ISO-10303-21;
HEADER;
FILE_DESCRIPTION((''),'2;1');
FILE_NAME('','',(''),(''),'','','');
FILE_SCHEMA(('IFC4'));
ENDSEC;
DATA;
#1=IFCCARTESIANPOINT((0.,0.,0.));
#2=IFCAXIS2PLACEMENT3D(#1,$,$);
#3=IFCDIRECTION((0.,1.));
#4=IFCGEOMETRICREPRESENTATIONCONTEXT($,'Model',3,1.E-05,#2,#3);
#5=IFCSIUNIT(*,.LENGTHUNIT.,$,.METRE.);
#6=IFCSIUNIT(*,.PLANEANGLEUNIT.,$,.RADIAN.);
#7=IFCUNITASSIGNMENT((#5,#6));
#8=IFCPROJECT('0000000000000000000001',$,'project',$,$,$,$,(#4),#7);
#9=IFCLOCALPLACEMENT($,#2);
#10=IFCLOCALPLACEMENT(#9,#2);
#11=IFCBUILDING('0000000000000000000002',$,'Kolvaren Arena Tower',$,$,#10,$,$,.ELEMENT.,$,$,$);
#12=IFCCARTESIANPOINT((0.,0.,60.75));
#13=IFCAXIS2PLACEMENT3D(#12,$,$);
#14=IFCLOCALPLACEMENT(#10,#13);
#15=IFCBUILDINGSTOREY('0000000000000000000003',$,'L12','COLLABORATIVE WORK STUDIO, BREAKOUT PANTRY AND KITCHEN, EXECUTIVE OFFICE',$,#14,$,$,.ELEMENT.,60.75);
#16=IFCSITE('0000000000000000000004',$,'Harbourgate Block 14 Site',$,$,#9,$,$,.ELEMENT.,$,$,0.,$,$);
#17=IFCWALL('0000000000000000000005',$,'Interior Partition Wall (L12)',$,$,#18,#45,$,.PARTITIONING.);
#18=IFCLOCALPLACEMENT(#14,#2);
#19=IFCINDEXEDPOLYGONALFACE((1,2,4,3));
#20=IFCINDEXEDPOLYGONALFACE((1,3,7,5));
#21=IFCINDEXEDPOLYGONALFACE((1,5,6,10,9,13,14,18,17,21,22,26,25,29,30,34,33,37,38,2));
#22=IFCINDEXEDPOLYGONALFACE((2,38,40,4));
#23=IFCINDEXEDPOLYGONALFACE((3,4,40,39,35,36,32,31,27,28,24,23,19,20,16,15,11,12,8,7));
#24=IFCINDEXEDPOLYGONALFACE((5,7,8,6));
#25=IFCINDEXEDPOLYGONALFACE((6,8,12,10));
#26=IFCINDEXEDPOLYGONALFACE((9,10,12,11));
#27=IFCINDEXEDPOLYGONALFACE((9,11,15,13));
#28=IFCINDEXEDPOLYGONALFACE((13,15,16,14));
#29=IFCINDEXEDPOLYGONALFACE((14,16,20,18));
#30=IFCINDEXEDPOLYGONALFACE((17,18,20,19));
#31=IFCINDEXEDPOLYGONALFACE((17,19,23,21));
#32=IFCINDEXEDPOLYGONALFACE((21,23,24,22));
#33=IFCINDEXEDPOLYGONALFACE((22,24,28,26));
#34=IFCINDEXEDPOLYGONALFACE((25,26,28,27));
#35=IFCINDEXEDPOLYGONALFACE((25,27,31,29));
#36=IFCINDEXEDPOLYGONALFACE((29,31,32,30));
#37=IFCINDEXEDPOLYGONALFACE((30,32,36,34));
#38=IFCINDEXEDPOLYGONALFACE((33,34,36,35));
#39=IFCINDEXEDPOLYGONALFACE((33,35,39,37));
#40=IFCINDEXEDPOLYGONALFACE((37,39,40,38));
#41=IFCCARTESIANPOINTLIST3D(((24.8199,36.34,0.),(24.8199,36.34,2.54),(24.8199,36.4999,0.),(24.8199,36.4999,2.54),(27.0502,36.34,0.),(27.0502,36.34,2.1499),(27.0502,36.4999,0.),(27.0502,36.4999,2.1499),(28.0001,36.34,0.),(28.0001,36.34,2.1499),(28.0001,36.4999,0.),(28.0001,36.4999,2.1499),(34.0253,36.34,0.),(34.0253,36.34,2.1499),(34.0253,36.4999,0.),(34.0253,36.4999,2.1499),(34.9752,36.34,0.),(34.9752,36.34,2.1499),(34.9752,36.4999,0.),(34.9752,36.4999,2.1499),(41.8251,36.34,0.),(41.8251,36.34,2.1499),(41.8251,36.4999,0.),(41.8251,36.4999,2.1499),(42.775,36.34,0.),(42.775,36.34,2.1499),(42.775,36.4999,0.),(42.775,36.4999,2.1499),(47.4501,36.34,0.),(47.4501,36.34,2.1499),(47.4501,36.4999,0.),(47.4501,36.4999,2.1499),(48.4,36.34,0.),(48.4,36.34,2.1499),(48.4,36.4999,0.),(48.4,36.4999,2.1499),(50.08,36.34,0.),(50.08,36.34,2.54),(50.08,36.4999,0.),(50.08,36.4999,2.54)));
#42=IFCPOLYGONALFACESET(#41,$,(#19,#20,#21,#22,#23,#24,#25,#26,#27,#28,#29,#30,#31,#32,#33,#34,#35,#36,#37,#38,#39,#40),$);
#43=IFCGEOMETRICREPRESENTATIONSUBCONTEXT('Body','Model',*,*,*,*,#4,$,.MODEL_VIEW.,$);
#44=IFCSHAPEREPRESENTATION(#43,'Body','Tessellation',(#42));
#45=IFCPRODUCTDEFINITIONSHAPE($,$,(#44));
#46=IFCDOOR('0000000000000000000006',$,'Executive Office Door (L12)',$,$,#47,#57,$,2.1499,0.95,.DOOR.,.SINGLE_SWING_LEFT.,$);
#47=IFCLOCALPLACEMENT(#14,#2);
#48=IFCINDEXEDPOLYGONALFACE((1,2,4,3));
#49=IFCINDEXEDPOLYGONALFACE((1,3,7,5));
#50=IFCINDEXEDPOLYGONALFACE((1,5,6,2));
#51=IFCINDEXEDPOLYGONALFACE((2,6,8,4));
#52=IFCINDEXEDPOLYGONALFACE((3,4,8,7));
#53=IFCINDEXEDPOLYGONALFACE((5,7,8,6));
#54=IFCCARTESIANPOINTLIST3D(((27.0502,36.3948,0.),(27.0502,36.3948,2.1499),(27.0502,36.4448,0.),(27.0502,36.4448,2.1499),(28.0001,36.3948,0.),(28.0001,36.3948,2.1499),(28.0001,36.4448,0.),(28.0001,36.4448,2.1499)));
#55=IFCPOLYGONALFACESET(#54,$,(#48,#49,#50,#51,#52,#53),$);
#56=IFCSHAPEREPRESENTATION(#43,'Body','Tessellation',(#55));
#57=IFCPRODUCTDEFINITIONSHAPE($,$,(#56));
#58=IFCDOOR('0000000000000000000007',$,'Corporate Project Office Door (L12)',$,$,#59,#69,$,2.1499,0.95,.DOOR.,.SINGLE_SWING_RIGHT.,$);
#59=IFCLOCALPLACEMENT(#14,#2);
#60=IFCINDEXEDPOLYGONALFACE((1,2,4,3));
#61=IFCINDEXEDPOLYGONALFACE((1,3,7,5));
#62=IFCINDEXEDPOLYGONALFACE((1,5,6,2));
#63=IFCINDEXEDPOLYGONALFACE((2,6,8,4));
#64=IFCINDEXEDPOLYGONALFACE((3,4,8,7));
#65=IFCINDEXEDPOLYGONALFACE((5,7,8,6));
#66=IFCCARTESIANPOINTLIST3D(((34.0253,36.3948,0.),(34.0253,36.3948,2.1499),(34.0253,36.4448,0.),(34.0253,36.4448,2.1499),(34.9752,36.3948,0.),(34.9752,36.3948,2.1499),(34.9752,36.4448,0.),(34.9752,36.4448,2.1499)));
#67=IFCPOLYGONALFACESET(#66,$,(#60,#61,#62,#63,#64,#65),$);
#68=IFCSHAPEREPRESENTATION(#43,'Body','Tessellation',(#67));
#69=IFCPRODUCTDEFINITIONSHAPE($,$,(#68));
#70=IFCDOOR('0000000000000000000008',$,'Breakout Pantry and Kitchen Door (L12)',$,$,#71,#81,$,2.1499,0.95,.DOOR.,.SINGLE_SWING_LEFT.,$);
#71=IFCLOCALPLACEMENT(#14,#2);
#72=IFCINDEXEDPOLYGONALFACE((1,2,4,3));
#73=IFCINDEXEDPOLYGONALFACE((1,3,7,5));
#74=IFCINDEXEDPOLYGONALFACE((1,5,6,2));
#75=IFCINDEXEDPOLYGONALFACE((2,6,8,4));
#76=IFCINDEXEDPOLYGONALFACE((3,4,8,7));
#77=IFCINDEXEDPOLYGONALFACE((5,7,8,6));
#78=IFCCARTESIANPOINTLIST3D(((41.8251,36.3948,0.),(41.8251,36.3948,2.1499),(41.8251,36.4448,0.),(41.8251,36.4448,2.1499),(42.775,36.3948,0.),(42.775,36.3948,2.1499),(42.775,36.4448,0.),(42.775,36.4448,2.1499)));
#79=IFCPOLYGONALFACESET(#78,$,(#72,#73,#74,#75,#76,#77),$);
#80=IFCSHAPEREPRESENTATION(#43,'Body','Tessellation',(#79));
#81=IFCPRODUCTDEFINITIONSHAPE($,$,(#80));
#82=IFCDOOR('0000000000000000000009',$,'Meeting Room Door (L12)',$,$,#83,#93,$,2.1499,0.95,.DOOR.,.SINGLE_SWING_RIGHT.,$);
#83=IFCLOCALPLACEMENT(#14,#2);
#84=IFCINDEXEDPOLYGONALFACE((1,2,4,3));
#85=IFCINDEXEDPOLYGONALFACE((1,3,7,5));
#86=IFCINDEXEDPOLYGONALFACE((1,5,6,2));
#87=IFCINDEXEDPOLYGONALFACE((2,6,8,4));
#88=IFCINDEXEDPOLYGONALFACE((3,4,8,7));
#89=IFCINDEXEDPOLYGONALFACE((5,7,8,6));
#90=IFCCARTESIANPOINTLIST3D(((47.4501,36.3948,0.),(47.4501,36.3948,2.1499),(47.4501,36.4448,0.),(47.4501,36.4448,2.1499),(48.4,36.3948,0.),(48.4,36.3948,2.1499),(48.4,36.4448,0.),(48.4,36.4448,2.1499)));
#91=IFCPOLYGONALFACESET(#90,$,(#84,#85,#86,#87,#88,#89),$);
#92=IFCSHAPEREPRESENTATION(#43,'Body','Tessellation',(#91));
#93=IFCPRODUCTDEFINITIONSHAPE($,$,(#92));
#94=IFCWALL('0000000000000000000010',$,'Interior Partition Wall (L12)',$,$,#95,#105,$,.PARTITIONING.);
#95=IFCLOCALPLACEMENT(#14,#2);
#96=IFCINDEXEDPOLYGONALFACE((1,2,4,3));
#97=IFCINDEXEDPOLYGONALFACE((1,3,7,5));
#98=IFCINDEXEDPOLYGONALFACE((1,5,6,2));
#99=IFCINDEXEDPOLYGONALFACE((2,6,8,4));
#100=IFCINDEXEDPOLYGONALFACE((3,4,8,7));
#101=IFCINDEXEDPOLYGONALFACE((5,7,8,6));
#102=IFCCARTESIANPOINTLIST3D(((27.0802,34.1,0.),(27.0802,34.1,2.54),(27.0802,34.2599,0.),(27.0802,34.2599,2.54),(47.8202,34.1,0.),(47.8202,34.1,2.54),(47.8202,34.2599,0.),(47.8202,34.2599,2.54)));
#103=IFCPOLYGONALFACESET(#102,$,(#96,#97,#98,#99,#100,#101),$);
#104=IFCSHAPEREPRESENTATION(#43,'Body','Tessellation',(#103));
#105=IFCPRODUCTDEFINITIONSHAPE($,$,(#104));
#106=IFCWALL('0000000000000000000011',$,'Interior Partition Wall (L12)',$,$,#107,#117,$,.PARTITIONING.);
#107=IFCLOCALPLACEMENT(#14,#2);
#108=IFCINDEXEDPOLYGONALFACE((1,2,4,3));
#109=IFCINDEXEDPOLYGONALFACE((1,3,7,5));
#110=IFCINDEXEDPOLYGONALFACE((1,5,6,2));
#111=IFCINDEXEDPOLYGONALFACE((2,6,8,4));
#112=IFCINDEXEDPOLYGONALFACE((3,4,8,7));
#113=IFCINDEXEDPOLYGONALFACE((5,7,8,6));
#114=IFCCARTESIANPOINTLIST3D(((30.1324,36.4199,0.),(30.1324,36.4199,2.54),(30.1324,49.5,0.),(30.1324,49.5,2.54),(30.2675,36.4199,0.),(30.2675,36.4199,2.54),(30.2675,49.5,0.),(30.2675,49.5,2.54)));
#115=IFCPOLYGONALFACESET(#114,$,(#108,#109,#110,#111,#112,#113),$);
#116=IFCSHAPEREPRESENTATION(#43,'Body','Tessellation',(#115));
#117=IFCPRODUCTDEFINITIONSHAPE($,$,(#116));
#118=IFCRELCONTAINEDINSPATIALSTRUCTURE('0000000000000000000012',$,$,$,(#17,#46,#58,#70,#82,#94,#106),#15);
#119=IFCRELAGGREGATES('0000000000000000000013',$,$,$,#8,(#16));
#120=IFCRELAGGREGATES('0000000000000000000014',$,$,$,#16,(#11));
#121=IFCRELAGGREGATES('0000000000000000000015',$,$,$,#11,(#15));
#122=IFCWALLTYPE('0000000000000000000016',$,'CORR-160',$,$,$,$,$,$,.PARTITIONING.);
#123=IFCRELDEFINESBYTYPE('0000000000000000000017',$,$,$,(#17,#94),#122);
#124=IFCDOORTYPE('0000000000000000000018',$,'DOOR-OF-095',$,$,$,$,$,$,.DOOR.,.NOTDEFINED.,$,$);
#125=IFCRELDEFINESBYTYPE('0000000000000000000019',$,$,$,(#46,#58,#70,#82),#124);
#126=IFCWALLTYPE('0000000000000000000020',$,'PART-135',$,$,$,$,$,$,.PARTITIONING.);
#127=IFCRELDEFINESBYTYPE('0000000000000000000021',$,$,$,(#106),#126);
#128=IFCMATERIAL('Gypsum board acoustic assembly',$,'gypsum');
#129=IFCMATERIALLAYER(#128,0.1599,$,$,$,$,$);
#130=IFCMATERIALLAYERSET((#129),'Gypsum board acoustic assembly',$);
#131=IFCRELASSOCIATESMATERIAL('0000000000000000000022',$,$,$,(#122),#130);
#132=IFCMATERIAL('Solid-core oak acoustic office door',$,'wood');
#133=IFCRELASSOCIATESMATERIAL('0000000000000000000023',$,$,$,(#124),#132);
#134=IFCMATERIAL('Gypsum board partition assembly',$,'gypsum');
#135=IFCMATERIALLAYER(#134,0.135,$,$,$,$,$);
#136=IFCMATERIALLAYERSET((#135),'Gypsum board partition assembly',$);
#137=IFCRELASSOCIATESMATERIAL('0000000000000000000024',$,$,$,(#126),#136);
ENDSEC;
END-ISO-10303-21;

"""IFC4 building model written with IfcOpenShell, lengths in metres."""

from ifc_helpers import new_model, si_unit, direction, frame, frame_2d, origin, place, context, subcontext, project, spatial, rectangle, extrude, material, layer, layer_set, type_object, element, fill, save


model = new_model("IFC4")

# Units and contexts
model_context = context("Model", 3, precision=1e-05, world=origin(), true_north=direction((0.0, 1.0)))
body_context = subcontext(model_context, "Body", "Model", "MODEL_VIEW")
ifc_project = project(units=[si_unit("LENGTHUNIT", "METRE"), si_unit("PLANEANGLEUNIT", "RADIAN")], contexts=[model_context])

# Site, building, storey
site_placement = place(None, origin())
site = spatial("IfcSite", under=ifc_project, at=site_placement, Name="Harbourgate Block 14 Site", CompositionType="ELEMENT", RefElevation=0.0)
building_placement = place(site_placement, origin())
building = spatial("IfcBuilding", under=site, at=building_placement, Name="Kolvaren Arena Tower", CompositionType="ELEMENT")
storey_placement = place(building_placement, frame((0.0, 0.0, 60.75)))
storey = spatial("IfcBuildingStorey", under=building, at=storey_placement, Name="L12", Description="COLLABORATIVE WORK STUDIO, BREAKOUT PANTRY AND KITCHEN, EXECUTIVE OFFICE", CompositionType="ELEMENT", Elevation=60.75)

# Shared definitions
ifc_material_1 = material(Name="Gypsum board acoustic assembly", Category="gypsum")
ifc_layer_1 = layer(ifc_material_1, 0.1599)
ifc_layer_set_1 = layer_set([ifc_layer_1], Name="Gypsum board acoustic assembly")
wall_type_1 = type_object("IfcWallType", Name="CORR-160", PredefinedType="PARTITIONING", material=ifc_layer_set_1)

# Wall, openings, doors
wall_1_placement = place(storey_placement, frame((24.8201, 36.4199, 0.0), z_axis=(0.0, 0.0, 1.0), x_axis=(1.0, 0.0, 0.0)))
wall_1 = element("IfcWall", 1, at=wall_1_placement, inside=storey, type_object=wall_type_1, Name="Interior Partition Wall (L12)", PredefinedType="PARTITIONING", context=body_context, shape_type="SweptSolid", body=[
    extrude(rectangle(XDim=25.26, YDim=0.1599, at=frame_2d((12.6299, 0.0))), origin(), (0.0, 0.0, 1.0), 2.54),
])
opening_1_placement = place(wall_1_placement, frame((2.23, 0.0, 0.0)))
opening_1 = element("IfcOpeningElement", 2, at=opening_1_placement, cuts=wall_1, PredefinedType="OPENING", context=body_context, shape_type="SweptSolid", body=[
    extrude(rectangle(XDim=0.95, YDim=2.1499, at=frame_2d((0.4751, 1.075))), frame((0.0, 0.0898, 0.0), z_axis=(0.0, -1.0, 0.0), x_axis=(1.0, 0.0, 0.0)), (0.0, 0.0, 1.0), 0.1799),
])
opening_2_placement = place(wall_1_placement, frame((9.2051, 0.0, 0.0)))
opening_2 = element("IfcOpeningElement", 3, at=opening_2_placement, cuts=wall_1, PredefinedType="OPENING", context=body_context, shape_type="SweptSolid", body=[
    extrude(rectangle(XDim=0.95, YDim=2.1499, at=frame_2d((0.4751, 1.075))), frame((0.0, 0.0898, 0.0), z_axis=(0.0, -1.0, 0.0), x_axis=(1.0, 0.0, 0.0)), (0.0, 0.0, 1.0), 0.1799),
])
opening_3_placement = place(wall_1_placement, frame((17.0049, 0.0, 0.0)))
opening_3 = element("IfcOpeningElement", 4, at=opening_3_placement, cuts=wall_1, PredefinedType="OPENING", context=body_context, shape_type="SweptSolid", body=[
    extrude(rectangle(XDim=0.95, YDim=2.1499, at=frame_2d((0.4751, 1.075))), frame((0.0, 0.0898, 0.0), z_axis=(0.0, -1.0, 0.0), x_axis=(1.0, 0.0, 0.0)), (0.0, 0.0, 1.0), 0.1799),
])
opening_4_placement = place(wall_1_placement, frame((22.6299, 0.0, 0.0)))
opening_4 = element("IfcOpeningElement", 5, at=opening_4_placement, cuts=wall_1, PredefinedType="OPENING", context=body_context, shape_type="SweptSolid", body=[
    extrude(rectangle(XDim=0.95, YDim=2.1499, at=frame_2d((0.4751, 1.075))), frame((0.0, 0.0898, 0.0), z_axis=(0.0, -1.0, 0.0), x_axis=(1.0, 0.0, 0.0)), (0.0, 0.0, 1.0), 0.1799),
])
ifc_material_2 = material(Name="Solid-core oak acoustic office door", Category="wood")
door_type = type_object("IfcDoorType", Name="DOOR-OF-095", OperationType="NOTDEFINED", PredefinedType="DOOR", material=ifc_material_2)
door_1_placement = place(opening_1_placement, origin())
door_1 = element("IfcDoor", 6, at=door_1_placement, inside=storey, type_object=door_type, Name="Executive Office Door (L12)", OperationType="SINGLE_SWING_LEFT", OverallHeight=2.1499, OverallWidth=0.95, PredefinedType="DOOR", context=body_context, shape_type="SweptSolid", body=[
    extrude(rectangle(XDim=0.95, YDim=2.1499, at=frame_2d((0.4751, 1.075))), frame((0.0, 0.0249, 0.0), z_axis=(0.0, -1.0, 0.0), x_axis=(1.0, 0.0, 0.0)), (0.0, 0.0, 1.0), 0.05),
])
fill(opening_1, door_1)
door_2_placement = place(opening_2_placement, origin())
door_2 = element("IfcDoor", 7, at=door_2_placement, inside=storey, type_object=door_type, Name="Corporate Project Office Door (L12)", OperationType="SINGLE_SWING_RIGHT", OverallHeight=2.1499, OverallWidth=0.95, PredefinedType="DOOR", context=body_context, shape_type="SweptSolid", body=[
    extrude(rectangle(XDim=0.95, YDim=2.1499, at=frame_2d((0.4751, 1.075))), frame((0.0, 0.0249, 0.0), z_axis=(0.0, -1.0, 0.0), x_axis=(1.0, 0.0, 0.0)), (0.0, 0.0, 1.0), 0.05),
])
fill(opening_2, door_2)
door_3_placement = place(opening_3_placement, origin())
door_3 = element("IfcDoor", 8, at=door_3_placement, inside=storey, type_object=door_type, Name="Breakout Pantry and Kitchen Door (L12)", OperationType="SINGLE_SWING_LEFT", OverallHeight=2.1499, OverallWidth=0.95, PredefinedType="DOOR", context=body_context, shape_type="SweptSolid", body=[
    extrude(rectangle(XDim=0.95, YDim=2.1499, at=frame_2d((0.4751, 1.075))), frame((0.0, 0.0249, 0.0), z_axis=(0.0, -1.0, 0.0), x_axis=(1.0, 0.0, 0.0)), (0.0, 0.0, 1.0), 0.05),
])
fill(opening_3, door_3)
door_4_placement = place(opening_4_placement, origin())
door_4 = element("IfcDoor", 9, at=door_4_placement, inside=storey, type_object=door_type, Name="Meeting Room Door (L12)", OperationType="SINGLE_SWING_RIGHT", OverallHeight=2.1499, OverallWidth=0.95, PredefinedType="DOOR", context=body_context, shape_type="SweptSolid", body=[
    extrude(rectangle(XDim=0.95, YDim=2.1499, at=frame_2d((0.4751, 1.075))), frame((0.0, 0.0249, 0.0), z_axis=(0.0, -1.0, 0.0), x_axis=(1.0, 0.0, 0.0)), (0.0, 0.0, 1.0), 0.05),
])
fill(opening_4, door_4)

# Walls
wall_2_placement = place(storey_placement, frame((27.0801, 34.1799, 0.0), z_axis=(0.0, 0.0, 1.0), x_axis=(1.0, 0.0, 0.0)))
element("IfcWall", 10, at=wall_2_placement, inside=storey, type_object=wall_type_1, Name="Interior Partition Wall (L12)", PredefinedType="PARTITIONING", context=body_context, shape_type="SweptSolid", body=[
    extrude(rectangle(XDim=20.74, YDim=0.1599, at=frame_2d((10.3701, 0.0))), origin(), (0.0, 0.0, 1.0), 2.54),
])
ifc_material_3 = material(Name="Gypsum board partition assembly", Category="gypsum")
ifc_layer_2 = layer(ifc_material_3, 0.135)
ifc_layer_set_2 = layer_set([ifc_layer_2], Name="Gypsum board partition assembly")
wall_type_2 = type_object("IfcWallType", Name="PART-135", PredefinedType="PARTITIONING", material=ifc_layer_set_2)
wall_3_placement = place(storey_placement, frame((30.2, 36.4199, 0.0), z_axis=(0.0, 0.0, 1.0), x_axis=(0.0, 1.0, 0.0)))
element("IfcWall", 11, at=wall_3_placement, inside=storey, type_object=wall_type_2, Name="Interior Partition Wall (L12)", PredefinedType="PARTITIONING", context=body_context, shape_type="SweptSolid", body=[
    extrude(rectangle(XDim=13.0801, YDim=0.135, at=frame_2d((6.54, 0.0))), origin(), (0.0, 0.0, 1.0), 2.54),
])

save(model, "model.ifc")
